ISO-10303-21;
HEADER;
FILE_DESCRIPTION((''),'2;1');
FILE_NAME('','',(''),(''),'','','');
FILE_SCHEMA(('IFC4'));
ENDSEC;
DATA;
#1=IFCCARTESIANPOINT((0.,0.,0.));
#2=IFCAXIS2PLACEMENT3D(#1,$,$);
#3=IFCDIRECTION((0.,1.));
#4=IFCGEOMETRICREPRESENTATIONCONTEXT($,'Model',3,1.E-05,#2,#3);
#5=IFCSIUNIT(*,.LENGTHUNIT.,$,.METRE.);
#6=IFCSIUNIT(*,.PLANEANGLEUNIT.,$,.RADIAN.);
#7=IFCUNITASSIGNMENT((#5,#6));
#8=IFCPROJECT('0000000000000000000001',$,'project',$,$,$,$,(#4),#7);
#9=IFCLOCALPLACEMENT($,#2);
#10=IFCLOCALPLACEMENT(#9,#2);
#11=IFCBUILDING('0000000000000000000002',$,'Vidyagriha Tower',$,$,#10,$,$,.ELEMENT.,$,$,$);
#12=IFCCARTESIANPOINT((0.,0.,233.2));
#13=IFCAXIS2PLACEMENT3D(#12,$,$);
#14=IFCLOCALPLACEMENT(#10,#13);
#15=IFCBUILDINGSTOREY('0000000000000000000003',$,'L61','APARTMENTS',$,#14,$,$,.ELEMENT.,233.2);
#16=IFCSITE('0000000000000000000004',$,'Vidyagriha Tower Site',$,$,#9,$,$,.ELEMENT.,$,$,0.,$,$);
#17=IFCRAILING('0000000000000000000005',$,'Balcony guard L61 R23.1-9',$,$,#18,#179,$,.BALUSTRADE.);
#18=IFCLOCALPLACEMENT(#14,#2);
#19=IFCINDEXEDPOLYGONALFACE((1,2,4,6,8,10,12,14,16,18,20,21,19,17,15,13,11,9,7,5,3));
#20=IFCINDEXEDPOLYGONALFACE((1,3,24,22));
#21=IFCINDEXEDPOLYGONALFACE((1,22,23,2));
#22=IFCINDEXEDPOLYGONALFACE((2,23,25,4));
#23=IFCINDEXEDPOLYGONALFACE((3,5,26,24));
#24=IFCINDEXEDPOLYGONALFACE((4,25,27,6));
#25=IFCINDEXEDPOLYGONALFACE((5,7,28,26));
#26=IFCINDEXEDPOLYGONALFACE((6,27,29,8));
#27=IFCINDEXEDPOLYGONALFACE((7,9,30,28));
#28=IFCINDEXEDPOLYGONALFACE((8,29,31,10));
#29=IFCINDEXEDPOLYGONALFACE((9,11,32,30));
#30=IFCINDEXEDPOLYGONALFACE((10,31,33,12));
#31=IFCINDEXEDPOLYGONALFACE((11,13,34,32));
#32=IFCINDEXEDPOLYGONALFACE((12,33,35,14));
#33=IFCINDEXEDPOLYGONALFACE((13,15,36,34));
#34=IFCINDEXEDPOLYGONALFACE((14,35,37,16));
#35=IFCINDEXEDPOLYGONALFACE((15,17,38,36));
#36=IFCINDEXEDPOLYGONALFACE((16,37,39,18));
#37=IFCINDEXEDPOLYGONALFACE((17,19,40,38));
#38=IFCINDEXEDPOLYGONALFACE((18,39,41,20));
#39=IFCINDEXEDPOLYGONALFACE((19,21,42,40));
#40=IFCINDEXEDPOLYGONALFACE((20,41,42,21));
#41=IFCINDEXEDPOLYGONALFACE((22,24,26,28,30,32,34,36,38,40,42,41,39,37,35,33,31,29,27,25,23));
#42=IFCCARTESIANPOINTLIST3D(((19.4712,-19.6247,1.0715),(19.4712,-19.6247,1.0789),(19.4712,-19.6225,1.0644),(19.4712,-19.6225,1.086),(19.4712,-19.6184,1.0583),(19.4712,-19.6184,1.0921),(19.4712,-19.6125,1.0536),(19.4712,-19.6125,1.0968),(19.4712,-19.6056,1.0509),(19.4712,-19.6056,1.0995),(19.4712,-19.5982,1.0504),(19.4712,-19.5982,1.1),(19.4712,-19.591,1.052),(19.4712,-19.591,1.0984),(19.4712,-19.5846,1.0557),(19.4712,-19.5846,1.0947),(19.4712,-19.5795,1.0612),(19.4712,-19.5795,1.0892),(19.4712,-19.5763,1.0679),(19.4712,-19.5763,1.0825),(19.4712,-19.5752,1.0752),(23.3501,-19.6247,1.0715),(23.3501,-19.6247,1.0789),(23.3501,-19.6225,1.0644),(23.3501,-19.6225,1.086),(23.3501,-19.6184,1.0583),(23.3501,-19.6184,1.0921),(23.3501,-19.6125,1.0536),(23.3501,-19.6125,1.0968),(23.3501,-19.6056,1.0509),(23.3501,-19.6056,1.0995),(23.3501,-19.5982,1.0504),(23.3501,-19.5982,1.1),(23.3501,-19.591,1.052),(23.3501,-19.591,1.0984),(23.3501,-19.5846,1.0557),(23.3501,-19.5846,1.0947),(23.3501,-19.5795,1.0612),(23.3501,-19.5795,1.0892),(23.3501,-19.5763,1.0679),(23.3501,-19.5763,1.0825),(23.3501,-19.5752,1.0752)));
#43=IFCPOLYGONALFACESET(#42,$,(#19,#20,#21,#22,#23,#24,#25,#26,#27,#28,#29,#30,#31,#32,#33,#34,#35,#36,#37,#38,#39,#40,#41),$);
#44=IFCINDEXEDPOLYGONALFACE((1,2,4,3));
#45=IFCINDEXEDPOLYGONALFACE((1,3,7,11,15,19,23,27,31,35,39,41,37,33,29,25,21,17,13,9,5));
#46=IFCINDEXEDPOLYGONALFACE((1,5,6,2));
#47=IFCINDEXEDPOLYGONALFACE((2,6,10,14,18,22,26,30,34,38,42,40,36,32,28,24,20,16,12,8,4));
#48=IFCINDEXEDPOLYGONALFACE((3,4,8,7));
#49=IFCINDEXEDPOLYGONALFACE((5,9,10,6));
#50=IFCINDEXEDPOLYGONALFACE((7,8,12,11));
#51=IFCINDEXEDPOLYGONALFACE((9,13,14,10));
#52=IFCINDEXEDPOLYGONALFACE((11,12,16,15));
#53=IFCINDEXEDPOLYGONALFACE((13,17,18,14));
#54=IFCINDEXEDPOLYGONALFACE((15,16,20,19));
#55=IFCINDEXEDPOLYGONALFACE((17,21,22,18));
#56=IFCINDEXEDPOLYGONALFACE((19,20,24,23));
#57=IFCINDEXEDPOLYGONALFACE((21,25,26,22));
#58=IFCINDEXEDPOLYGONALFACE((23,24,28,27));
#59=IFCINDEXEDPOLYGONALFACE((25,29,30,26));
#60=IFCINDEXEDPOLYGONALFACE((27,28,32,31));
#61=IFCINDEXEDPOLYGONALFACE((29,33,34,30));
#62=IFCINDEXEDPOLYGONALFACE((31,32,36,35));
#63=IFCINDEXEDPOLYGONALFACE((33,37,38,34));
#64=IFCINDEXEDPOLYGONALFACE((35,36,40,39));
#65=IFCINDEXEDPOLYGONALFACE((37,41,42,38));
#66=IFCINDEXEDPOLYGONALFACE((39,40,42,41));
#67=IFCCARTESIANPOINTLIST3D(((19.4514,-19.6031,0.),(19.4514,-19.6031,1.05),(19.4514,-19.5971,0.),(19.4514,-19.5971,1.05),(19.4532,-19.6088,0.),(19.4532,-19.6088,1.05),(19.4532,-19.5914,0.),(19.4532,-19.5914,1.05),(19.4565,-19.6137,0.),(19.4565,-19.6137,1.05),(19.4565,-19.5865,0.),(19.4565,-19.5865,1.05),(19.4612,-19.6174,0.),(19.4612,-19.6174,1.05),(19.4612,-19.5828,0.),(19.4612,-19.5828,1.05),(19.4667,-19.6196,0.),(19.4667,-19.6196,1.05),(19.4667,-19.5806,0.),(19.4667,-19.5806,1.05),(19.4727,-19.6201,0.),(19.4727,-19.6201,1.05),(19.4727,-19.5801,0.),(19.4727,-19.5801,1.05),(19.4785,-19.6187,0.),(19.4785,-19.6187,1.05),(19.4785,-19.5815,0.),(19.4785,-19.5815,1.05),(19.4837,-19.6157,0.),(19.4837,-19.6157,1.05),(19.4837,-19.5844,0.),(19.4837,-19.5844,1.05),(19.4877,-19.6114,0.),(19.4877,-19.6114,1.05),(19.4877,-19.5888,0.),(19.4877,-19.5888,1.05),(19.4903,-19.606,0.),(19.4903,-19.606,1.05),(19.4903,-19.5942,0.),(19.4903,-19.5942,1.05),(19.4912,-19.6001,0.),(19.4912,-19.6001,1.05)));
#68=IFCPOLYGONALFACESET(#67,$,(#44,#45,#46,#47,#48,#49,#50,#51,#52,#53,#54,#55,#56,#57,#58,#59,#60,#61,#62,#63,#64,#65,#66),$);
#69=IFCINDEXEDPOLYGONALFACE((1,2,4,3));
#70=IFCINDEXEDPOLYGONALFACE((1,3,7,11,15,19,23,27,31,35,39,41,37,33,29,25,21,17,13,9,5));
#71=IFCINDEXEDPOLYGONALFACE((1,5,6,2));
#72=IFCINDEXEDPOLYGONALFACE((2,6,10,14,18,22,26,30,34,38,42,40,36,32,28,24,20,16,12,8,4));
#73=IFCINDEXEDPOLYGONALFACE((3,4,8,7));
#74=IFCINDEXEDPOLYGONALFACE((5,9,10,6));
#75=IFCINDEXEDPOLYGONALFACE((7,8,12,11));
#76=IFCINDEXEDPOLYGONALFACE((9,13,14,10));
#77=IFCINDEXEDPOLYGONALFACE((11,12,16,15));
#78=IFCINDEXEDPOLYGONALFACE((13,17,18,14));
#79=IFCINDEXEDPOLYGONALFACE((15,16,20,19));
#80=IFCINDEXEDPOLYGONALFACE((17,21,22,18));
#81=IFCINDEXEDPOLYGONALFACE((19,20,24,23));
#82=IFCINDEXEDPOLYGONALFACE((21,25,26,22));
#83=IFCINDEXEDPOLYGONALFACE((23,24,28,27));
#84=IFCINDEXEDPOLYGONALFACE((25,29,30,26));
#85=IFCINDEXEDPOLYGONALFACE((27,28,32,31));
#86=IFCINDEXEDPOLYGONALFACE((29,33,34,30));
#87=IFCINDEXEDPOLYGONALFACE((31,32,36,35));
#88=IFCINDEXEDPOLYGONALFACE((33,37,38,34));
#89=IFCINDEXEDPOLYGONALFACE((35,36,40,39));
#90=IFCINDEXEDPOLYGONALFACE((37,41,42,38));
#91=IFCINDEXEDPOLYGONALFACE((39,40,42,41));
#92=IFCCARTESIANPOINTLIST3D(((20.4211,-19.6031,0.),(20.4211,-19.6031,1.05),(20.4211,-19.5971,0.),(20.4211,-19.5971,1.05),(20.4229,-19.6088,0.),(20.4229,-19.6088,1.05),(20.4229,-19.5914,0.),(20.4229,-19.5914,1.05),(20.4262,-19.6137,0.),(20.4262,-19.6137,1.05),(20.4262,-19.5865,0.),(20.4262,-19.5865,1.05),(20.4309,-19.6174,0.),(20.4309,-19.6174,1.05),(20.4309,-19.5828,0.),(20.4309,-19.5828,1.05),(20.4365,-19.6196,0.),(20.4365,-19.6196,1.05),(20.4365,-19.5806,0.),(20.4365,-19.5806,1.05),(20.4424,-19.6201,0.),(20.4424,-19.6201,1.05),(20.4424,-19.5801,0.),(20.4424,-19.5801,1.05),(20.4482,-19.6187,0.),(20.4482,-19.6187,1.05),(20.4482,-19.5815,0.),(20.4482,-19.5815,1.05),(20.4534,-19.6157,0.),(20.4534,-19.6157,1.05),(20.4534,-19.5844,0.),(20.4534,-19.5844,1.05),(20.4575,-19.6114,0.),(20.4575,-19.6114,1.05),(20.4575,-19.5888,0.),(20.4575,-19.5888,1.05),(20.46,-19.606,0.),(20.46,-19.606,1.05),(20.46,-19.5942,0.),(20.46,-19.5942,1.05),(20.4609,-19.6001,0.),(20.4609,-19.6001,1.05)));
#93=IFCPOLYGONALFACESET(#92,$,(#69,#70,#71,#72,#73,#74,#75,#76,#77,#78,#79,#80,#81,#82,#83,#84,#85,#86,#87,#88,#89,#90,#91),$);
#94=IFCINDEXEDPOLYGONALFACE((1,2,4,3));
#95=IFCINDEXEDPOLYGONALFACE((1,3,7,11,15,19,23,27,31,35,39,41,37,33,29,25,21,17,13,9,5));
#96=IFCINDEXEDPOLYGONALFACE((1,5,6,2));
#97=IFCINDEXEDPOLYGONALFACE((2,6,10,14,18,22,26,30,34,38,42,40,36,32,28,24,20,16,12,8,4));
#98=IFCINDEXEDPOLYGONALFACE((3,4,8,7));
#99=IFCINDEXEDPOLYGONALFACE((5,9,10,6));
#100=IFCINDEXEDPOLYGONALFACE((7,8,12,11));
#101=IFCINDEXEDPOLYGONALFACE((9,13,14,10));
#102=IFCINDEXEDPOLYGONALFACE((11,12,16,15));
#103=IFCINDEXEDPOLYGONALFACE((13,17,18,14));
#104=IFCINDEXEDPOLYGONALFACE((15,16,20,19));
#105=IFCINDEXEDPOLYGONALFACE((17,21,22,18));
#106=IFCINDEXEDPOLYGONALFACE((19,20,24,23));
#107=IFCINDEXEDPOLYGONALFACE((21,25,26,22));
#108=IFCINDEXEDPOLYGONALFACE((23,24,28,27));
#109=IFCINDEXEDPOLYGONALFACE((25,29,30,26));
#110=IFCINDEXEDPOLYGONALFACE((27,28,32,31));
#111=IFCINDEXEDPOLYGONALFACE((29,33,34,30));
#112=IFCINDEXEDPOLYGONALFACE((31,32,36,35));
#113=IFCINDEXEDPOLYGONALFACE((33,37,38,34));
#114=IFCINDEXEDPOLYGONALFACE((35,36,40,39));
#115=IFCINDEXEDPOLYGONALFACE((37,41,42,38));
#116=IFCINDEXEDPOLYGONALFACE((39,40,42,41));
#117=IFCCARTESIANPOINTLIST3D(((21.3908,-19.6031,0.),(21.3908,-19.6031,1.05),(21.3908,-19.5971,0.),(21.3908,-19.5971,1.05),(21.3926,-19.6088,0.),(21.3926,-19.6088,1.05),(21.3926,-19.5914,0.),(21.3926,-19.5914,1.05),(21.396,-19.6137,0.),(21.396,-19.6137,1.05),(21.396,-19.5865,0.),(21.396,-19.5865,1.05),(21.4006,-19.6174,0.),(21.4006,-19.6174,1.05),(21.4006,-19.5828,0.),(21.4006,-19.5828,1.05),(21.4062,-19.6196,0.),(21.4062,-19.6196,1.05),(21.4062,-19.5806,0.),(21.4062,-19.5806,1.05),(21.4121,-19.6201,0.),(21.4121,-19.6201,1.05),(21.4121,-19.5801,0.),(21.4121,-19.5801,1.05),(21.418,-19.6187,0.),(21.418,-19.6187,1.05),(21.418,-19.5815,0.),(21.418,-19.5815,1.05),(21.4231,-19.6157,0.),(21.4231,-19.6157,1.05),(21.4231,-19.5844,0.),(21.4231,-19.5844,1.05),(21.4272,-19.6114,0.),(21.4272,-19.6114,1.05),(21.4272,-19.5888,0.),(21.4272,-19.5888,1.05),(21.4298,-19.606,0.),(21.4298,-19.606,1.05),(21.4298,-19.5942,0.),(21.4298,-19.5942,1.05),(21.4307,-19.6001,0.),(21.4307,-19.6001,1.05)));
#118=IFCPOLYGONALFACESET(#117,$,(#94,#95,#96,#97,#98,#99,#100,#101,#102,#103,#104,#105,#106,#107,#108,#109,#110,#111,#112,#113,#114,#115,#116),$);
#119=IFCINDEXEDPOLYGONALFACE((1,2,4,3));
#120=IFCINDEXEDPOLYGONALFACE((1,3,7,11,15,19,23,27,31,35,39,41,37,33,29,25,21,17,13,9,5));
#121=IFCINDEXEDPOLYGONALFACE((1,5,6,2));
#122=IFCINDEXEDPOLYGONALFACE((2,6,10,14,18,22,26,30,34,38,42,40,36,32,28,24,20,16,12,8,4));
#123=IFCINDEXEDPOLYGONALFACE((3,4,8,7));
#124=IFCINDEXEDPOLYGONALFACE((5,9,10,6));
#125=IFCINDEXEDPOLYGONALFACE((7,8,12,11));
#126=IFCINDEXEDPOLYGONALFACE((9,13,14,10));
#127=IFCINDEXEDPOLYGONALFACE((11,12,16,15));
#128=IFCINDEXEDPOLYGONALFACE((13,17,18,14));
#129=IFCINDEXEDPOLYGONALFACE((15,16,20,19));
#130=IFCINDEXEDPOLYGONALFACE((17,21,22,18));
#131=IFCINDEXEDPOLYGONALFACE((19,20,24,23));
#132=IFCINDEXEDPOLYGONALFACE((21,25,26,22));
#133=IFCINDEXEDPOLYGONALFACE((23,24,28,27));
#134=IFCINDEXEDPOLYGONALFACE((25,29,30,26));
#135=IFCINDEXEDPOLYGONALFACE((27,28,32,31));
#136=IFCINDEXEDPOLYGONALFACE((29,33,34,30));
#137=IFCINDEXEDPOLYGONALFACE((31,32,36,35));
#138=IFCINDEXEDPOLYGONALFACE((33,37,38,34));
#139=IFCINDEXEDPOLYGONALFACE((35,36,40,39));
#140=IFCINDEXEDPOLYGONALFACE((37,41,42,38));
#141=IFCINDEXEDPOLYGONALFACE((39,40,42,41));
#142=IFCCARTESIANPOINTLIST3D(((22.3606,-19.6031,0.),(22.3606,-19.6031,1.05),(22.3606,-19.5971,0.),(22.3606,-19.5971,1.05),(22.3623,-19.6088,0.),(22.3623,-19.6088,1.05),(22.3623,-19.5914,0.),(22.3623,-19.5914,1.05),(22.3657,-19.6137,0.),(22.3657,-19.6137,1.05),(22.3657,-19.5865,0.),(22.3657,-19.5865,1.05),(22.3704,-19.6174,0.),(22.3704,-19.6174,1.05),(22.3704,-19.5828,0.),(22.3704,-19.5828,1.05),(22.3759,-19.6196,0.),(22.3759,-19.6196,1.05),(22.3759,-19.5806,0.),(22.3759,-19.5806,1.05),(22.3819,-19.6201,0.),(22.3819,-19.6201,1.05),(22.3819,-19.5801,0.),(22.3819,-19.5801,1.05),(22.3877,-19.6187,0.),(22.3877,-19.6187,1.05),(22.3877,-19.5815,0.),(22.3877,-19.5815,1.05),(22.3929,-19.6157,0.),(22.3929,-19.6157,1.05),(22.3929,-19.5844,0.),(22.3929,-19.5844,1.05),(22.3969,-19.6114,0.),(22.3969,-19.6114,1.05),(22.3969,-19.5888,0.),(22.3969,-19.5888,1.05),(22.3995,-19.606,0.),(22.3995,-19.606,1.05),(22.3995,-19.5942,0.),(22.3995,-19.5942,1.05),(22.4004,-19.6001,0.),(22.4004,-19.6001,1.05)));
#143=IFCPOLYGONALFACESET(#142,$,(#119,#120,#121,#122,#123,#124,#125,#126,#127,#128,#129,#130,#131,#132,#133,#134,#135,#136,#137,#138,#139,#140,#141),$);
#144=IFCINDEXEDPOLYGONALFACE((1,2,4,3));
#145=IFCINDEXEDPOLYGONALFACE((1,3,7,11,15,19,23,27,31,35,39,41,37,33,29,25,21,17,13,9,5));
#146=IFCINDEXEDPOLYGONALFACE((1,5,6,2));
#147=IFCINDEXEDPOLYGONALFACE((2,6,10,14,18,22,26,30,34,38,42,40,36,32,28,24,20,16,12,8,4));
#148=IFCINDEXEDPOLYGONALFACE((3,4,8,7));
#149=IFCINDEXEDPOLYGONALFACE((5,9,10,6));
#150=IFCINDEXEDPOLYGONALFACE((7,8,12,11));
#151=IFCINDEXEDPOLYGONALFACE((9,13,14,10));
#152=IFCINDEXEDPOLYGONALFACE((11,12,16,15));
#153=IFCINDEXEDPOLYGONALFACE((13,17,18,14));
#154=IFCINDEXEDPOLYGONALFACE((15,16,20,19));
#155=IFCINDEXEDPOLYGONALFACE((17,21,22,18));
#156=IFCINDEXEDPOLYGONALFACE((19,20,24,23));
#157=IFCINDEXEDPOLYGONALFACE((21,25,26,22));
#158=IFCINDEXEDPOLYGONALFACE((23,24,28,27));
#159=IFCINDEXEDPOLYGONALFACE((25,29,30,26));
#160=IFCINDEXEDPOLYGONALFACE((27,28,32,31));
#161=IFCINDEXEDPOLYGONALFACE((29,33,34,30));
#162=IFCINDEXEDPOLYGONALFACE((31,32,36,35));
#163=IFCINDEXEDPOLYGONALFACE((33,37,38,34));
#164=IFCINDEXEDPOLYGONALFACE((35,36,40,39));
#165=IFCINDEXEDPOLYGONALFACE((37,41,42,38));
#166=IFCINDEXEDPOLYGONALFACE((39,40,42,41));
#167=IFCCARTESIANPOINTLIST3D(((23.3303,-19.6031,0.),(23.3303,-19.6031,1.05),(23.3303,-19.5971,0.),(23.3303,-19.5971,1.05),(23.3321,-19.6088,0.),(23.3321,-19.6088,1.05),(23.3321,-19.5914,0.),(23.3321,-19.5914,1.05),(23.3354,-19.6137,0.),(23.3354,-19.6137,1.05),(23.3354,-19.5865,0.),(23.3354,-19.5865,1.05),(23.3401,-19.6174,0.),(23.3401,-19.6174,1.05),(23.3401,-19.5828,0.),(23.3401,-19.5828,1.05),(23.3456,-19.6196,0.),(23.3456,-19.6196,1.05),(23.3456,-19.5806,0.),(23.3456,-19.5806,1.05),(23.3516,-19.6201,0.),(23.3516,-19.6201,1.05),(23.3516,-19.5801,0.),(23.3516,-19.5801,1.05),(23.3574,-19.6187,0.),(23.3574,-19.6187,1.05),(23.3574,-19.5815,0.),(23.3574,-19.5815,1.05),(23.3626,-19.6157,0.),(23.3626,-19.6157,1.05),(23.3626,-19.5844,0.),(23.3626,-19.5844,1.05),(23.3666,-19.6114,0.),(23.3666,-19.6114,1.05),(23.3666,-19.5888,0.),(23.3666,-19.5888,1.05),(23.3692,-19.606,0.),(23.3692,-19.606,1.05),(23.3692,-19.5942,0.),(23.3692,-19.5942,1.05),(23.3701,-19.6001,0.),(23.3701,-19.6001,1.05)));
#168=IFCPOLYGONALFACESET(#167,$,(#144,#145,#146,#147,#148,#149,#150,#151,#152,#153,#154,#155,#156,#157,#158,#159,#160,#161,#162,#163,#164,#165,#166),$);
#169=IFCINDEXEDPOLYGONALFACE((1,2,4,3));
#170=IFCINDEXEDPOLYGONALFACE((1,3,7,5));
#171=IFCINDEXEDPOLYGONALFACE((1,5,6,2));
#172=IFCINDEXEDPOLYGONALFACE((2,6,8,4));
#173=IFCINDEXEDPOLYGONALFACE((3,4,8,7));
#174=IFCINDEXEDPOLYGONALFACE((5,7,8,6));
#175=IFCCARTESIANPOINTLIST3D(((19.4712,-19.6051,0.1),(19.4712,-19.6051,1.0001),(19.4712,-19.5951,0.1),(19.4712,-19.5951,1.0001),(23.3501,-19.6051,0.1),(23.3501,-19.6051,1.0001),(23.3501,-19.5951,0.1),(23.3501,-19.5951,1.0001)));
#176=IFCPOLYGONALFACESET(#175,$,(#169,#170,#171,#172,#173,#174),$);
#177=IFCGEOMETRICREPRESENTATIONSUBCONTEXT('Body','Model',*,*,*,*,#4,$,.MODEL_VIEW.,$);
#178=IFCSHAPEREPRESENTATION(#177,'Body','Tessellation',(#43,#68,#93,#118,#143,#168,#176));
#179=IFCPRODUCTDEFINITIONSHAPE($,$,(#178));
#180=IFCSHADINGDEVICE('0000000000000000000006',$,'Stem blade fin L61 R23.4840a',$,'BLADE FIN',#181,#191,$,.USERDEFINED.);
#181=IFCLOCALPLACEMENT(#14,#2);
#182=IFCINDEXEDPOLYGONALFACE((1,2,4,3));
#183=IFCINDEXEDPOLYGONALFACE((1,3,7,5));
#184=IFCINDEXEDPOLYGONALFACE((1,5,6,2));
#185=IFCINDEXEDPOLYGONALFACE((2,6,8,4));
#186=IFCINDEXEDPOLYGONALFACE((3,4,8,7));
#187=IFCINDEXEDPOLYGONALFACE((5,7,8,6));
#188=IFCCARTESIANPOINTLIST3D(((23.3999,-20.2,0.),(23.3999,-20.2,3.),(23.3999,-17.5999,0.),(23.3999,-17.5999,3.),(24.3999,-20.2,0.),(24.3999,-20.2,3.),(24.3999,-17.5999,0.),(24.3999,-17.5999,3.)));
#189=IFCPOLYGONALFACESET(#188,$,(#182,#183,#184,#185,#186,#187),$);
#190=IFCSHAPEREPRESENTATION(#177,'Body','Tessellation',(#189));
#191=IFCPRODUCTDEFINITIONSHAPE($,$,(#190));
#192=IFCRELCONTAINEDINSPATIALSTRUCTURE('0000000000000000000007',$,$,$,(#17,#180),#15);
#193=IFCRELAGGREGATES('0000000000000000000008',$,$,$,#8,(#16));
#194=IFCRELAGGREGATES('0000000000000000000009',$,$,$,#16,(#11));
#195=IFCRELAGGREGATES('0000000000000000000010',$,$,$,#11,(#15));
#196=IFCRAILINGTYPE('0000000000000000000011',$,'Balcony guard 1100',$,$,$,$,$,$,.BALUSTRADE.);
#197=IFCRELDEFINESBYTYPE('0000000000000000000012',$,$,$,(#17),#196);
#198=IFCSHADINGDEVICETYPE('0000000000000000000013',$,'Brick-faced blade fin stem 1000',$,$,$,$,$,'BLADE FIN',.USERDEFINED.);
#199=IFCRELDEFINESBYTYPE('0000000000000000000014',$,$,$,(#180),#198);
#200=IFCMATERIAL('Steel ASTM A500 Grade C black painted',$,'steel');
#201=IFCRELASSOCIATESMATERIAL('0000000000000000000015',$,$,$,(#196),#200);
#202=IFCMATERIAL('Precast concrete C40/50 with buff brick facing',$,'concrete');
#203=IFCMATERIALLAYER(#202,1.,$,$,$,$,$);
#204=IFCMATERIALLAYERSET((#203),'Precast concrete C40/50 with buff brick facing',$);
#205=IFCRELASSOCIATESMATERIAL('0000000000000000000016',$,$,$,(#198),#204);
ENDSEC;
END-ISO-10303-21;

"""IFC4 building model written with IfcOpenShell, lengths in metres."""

from ifc_helpers import new_model, si_unit, direction, frame, origin, origin_2d, place, context, subcontext, project, spatial, polyline, rectangle, circle, outline, extrude, material, layer, layer_set, type_object, element, save


model = new_model("IFC4")

# Units and contexts
model_context = context("Model", 3, precision=1e-05, world=origin(), true_north=direction((0.0, 1.0)))
body_context = subcontext(model_context, "Body", "Model", "MODEL_VIEW")
ifc_project = project(units=[si_unit("LENGTHUNIT", "METRE"), si_unit("PLANEANGLEUNIT", "RADIAN")], contexts=[model_context])

# Site, building, storey
site_placement = place(None, origin())
site = spatial("IfcSite", under=ifc_project, at=site_placement, Name="Vidyagriha Tower Site", CompositionType="ELEMENT", RefElevation=0.0)
building_placement = place(site_placement, origin())
building = spatial("IfcBuilding", under=site, at=building_placement, Name="Vidyagriha Tower", CompositionType="ELEMENT")
storey_placement = place(building_placement, frame((0.0, 0.0, 233.2)))
storey = spatial("IfcBuildingStorey", under=building, at=storey_placement, Name="L61", Description="APARTMENTS", CompositionType="ELEMENT", Elevation=233.2)

# Railing
ifc_material_1 = material(Name="Steel ASTM A500 Grade C black painted", Category="steel")
railing_type_1 = type_object("IfcRailingType", Name="Balcony guard 1100", PredefinedType="BALUSTRADE", material=ifc_material_1)
railing_1_placement = place(storey_placement, frame((19.4712, -19.6001, 0.0)))
element("IfcRailing", 1, at=railing_1_placement, inside=storey, type_object=railing_type_1, Name="Balcony guard L61 R23.1-9", PredefinedType="BALUSTRADE", context=body_context, shape_type="SweptSolid", body=[
    extrude(circle(Radius=0.0249, at=origin_2d()), frame((0.0, 0.0, 1.0752), z_axis=(1.0, 0.0, 0.0), x_axis=(0.0, 1.0, 0.0)), (0.0, 0.0, 1.0), 3.8789),
    extrude(circle(Radius=0.02, at=origin_2d()), origin(), (0.0, 0.0, 1.0), 1.05),
    extrude(circle(Radius=0.02, at=origin_2d()), frame((0.9697, 0.0, 0.0)), (0.0, 0.0, 1.0), 1.05),
    extrude(circle(Radius=0.02, at=origin_2d()), frame((1.9395, 0.0, 0.0)), (0.0, 0.0, 1.0), 1.05),
    extrude(circle(Radius=0.02, at=origin_2d()), frame((2.9092, 0.0, 0.0)), (0.0, 0.0, 1.0), 1.05),
    extrude(circle(Radius=0.02, at=origin_2d()), frame((3.8789, 0.0, 0.0)), (0.0, 0.0, 1.0), 1.05),
    extrude(rectangle(XDim=0.01, YDim=0.9001, at=origin_2d()), frame((0.0, 0.0, 0.55), z_axis=(1.0, 0.0, 0.0), x_axis=(0.0, 1.0, 0.0)), (0.0, 0.0, 1.0), 3.8789),
])

# Shading device
ifc_material_2 = material(Name="Precast concrete C40/50 with buff brick facing", Category="concrete")
ifc_layer_1 = layer(ifc_material_2, 1.0)
ifc_layer_set_1 = layer_set([ifc_layer_1], Name="Precast concrete C40/50 with buff brick facing")
shading_device_type = type_object("IfcShadingDeviceType", Name="Brick-faced blade fin stem 1000", ElementType="BLADE FIN", PredefinedType="USERDEFINED", material=ifc_layer_set_1)
shading_device_placement = place(storey_placement, frame((23.3999, -18.8999, 0.0)))
element("IfcShadingDevice", 2, at=shading_device_placement, inside=storey, type_object=shading_device_type, Name="Stem blade fin L61 R23.4840a", ObjectType="BLADE FIN", PredefinedType="USERDEFINED", context=body_context, shape_type="SweptSolid", body=[
    extrude(outline(polyline([(0.0, 0.0), (1.0, 0.0), (1.0, 3.0), (0.0, 3.0), (0.0, 0.0)])), frame((0.0, 1.3, 0.0), z_axis=(0.0, -1.0, 0.0), x_axis=(1.0, 0.0, 0.0)), (0.0, 0.0, 1.0), 2.6001),
])

save(model, "model.ifc")
